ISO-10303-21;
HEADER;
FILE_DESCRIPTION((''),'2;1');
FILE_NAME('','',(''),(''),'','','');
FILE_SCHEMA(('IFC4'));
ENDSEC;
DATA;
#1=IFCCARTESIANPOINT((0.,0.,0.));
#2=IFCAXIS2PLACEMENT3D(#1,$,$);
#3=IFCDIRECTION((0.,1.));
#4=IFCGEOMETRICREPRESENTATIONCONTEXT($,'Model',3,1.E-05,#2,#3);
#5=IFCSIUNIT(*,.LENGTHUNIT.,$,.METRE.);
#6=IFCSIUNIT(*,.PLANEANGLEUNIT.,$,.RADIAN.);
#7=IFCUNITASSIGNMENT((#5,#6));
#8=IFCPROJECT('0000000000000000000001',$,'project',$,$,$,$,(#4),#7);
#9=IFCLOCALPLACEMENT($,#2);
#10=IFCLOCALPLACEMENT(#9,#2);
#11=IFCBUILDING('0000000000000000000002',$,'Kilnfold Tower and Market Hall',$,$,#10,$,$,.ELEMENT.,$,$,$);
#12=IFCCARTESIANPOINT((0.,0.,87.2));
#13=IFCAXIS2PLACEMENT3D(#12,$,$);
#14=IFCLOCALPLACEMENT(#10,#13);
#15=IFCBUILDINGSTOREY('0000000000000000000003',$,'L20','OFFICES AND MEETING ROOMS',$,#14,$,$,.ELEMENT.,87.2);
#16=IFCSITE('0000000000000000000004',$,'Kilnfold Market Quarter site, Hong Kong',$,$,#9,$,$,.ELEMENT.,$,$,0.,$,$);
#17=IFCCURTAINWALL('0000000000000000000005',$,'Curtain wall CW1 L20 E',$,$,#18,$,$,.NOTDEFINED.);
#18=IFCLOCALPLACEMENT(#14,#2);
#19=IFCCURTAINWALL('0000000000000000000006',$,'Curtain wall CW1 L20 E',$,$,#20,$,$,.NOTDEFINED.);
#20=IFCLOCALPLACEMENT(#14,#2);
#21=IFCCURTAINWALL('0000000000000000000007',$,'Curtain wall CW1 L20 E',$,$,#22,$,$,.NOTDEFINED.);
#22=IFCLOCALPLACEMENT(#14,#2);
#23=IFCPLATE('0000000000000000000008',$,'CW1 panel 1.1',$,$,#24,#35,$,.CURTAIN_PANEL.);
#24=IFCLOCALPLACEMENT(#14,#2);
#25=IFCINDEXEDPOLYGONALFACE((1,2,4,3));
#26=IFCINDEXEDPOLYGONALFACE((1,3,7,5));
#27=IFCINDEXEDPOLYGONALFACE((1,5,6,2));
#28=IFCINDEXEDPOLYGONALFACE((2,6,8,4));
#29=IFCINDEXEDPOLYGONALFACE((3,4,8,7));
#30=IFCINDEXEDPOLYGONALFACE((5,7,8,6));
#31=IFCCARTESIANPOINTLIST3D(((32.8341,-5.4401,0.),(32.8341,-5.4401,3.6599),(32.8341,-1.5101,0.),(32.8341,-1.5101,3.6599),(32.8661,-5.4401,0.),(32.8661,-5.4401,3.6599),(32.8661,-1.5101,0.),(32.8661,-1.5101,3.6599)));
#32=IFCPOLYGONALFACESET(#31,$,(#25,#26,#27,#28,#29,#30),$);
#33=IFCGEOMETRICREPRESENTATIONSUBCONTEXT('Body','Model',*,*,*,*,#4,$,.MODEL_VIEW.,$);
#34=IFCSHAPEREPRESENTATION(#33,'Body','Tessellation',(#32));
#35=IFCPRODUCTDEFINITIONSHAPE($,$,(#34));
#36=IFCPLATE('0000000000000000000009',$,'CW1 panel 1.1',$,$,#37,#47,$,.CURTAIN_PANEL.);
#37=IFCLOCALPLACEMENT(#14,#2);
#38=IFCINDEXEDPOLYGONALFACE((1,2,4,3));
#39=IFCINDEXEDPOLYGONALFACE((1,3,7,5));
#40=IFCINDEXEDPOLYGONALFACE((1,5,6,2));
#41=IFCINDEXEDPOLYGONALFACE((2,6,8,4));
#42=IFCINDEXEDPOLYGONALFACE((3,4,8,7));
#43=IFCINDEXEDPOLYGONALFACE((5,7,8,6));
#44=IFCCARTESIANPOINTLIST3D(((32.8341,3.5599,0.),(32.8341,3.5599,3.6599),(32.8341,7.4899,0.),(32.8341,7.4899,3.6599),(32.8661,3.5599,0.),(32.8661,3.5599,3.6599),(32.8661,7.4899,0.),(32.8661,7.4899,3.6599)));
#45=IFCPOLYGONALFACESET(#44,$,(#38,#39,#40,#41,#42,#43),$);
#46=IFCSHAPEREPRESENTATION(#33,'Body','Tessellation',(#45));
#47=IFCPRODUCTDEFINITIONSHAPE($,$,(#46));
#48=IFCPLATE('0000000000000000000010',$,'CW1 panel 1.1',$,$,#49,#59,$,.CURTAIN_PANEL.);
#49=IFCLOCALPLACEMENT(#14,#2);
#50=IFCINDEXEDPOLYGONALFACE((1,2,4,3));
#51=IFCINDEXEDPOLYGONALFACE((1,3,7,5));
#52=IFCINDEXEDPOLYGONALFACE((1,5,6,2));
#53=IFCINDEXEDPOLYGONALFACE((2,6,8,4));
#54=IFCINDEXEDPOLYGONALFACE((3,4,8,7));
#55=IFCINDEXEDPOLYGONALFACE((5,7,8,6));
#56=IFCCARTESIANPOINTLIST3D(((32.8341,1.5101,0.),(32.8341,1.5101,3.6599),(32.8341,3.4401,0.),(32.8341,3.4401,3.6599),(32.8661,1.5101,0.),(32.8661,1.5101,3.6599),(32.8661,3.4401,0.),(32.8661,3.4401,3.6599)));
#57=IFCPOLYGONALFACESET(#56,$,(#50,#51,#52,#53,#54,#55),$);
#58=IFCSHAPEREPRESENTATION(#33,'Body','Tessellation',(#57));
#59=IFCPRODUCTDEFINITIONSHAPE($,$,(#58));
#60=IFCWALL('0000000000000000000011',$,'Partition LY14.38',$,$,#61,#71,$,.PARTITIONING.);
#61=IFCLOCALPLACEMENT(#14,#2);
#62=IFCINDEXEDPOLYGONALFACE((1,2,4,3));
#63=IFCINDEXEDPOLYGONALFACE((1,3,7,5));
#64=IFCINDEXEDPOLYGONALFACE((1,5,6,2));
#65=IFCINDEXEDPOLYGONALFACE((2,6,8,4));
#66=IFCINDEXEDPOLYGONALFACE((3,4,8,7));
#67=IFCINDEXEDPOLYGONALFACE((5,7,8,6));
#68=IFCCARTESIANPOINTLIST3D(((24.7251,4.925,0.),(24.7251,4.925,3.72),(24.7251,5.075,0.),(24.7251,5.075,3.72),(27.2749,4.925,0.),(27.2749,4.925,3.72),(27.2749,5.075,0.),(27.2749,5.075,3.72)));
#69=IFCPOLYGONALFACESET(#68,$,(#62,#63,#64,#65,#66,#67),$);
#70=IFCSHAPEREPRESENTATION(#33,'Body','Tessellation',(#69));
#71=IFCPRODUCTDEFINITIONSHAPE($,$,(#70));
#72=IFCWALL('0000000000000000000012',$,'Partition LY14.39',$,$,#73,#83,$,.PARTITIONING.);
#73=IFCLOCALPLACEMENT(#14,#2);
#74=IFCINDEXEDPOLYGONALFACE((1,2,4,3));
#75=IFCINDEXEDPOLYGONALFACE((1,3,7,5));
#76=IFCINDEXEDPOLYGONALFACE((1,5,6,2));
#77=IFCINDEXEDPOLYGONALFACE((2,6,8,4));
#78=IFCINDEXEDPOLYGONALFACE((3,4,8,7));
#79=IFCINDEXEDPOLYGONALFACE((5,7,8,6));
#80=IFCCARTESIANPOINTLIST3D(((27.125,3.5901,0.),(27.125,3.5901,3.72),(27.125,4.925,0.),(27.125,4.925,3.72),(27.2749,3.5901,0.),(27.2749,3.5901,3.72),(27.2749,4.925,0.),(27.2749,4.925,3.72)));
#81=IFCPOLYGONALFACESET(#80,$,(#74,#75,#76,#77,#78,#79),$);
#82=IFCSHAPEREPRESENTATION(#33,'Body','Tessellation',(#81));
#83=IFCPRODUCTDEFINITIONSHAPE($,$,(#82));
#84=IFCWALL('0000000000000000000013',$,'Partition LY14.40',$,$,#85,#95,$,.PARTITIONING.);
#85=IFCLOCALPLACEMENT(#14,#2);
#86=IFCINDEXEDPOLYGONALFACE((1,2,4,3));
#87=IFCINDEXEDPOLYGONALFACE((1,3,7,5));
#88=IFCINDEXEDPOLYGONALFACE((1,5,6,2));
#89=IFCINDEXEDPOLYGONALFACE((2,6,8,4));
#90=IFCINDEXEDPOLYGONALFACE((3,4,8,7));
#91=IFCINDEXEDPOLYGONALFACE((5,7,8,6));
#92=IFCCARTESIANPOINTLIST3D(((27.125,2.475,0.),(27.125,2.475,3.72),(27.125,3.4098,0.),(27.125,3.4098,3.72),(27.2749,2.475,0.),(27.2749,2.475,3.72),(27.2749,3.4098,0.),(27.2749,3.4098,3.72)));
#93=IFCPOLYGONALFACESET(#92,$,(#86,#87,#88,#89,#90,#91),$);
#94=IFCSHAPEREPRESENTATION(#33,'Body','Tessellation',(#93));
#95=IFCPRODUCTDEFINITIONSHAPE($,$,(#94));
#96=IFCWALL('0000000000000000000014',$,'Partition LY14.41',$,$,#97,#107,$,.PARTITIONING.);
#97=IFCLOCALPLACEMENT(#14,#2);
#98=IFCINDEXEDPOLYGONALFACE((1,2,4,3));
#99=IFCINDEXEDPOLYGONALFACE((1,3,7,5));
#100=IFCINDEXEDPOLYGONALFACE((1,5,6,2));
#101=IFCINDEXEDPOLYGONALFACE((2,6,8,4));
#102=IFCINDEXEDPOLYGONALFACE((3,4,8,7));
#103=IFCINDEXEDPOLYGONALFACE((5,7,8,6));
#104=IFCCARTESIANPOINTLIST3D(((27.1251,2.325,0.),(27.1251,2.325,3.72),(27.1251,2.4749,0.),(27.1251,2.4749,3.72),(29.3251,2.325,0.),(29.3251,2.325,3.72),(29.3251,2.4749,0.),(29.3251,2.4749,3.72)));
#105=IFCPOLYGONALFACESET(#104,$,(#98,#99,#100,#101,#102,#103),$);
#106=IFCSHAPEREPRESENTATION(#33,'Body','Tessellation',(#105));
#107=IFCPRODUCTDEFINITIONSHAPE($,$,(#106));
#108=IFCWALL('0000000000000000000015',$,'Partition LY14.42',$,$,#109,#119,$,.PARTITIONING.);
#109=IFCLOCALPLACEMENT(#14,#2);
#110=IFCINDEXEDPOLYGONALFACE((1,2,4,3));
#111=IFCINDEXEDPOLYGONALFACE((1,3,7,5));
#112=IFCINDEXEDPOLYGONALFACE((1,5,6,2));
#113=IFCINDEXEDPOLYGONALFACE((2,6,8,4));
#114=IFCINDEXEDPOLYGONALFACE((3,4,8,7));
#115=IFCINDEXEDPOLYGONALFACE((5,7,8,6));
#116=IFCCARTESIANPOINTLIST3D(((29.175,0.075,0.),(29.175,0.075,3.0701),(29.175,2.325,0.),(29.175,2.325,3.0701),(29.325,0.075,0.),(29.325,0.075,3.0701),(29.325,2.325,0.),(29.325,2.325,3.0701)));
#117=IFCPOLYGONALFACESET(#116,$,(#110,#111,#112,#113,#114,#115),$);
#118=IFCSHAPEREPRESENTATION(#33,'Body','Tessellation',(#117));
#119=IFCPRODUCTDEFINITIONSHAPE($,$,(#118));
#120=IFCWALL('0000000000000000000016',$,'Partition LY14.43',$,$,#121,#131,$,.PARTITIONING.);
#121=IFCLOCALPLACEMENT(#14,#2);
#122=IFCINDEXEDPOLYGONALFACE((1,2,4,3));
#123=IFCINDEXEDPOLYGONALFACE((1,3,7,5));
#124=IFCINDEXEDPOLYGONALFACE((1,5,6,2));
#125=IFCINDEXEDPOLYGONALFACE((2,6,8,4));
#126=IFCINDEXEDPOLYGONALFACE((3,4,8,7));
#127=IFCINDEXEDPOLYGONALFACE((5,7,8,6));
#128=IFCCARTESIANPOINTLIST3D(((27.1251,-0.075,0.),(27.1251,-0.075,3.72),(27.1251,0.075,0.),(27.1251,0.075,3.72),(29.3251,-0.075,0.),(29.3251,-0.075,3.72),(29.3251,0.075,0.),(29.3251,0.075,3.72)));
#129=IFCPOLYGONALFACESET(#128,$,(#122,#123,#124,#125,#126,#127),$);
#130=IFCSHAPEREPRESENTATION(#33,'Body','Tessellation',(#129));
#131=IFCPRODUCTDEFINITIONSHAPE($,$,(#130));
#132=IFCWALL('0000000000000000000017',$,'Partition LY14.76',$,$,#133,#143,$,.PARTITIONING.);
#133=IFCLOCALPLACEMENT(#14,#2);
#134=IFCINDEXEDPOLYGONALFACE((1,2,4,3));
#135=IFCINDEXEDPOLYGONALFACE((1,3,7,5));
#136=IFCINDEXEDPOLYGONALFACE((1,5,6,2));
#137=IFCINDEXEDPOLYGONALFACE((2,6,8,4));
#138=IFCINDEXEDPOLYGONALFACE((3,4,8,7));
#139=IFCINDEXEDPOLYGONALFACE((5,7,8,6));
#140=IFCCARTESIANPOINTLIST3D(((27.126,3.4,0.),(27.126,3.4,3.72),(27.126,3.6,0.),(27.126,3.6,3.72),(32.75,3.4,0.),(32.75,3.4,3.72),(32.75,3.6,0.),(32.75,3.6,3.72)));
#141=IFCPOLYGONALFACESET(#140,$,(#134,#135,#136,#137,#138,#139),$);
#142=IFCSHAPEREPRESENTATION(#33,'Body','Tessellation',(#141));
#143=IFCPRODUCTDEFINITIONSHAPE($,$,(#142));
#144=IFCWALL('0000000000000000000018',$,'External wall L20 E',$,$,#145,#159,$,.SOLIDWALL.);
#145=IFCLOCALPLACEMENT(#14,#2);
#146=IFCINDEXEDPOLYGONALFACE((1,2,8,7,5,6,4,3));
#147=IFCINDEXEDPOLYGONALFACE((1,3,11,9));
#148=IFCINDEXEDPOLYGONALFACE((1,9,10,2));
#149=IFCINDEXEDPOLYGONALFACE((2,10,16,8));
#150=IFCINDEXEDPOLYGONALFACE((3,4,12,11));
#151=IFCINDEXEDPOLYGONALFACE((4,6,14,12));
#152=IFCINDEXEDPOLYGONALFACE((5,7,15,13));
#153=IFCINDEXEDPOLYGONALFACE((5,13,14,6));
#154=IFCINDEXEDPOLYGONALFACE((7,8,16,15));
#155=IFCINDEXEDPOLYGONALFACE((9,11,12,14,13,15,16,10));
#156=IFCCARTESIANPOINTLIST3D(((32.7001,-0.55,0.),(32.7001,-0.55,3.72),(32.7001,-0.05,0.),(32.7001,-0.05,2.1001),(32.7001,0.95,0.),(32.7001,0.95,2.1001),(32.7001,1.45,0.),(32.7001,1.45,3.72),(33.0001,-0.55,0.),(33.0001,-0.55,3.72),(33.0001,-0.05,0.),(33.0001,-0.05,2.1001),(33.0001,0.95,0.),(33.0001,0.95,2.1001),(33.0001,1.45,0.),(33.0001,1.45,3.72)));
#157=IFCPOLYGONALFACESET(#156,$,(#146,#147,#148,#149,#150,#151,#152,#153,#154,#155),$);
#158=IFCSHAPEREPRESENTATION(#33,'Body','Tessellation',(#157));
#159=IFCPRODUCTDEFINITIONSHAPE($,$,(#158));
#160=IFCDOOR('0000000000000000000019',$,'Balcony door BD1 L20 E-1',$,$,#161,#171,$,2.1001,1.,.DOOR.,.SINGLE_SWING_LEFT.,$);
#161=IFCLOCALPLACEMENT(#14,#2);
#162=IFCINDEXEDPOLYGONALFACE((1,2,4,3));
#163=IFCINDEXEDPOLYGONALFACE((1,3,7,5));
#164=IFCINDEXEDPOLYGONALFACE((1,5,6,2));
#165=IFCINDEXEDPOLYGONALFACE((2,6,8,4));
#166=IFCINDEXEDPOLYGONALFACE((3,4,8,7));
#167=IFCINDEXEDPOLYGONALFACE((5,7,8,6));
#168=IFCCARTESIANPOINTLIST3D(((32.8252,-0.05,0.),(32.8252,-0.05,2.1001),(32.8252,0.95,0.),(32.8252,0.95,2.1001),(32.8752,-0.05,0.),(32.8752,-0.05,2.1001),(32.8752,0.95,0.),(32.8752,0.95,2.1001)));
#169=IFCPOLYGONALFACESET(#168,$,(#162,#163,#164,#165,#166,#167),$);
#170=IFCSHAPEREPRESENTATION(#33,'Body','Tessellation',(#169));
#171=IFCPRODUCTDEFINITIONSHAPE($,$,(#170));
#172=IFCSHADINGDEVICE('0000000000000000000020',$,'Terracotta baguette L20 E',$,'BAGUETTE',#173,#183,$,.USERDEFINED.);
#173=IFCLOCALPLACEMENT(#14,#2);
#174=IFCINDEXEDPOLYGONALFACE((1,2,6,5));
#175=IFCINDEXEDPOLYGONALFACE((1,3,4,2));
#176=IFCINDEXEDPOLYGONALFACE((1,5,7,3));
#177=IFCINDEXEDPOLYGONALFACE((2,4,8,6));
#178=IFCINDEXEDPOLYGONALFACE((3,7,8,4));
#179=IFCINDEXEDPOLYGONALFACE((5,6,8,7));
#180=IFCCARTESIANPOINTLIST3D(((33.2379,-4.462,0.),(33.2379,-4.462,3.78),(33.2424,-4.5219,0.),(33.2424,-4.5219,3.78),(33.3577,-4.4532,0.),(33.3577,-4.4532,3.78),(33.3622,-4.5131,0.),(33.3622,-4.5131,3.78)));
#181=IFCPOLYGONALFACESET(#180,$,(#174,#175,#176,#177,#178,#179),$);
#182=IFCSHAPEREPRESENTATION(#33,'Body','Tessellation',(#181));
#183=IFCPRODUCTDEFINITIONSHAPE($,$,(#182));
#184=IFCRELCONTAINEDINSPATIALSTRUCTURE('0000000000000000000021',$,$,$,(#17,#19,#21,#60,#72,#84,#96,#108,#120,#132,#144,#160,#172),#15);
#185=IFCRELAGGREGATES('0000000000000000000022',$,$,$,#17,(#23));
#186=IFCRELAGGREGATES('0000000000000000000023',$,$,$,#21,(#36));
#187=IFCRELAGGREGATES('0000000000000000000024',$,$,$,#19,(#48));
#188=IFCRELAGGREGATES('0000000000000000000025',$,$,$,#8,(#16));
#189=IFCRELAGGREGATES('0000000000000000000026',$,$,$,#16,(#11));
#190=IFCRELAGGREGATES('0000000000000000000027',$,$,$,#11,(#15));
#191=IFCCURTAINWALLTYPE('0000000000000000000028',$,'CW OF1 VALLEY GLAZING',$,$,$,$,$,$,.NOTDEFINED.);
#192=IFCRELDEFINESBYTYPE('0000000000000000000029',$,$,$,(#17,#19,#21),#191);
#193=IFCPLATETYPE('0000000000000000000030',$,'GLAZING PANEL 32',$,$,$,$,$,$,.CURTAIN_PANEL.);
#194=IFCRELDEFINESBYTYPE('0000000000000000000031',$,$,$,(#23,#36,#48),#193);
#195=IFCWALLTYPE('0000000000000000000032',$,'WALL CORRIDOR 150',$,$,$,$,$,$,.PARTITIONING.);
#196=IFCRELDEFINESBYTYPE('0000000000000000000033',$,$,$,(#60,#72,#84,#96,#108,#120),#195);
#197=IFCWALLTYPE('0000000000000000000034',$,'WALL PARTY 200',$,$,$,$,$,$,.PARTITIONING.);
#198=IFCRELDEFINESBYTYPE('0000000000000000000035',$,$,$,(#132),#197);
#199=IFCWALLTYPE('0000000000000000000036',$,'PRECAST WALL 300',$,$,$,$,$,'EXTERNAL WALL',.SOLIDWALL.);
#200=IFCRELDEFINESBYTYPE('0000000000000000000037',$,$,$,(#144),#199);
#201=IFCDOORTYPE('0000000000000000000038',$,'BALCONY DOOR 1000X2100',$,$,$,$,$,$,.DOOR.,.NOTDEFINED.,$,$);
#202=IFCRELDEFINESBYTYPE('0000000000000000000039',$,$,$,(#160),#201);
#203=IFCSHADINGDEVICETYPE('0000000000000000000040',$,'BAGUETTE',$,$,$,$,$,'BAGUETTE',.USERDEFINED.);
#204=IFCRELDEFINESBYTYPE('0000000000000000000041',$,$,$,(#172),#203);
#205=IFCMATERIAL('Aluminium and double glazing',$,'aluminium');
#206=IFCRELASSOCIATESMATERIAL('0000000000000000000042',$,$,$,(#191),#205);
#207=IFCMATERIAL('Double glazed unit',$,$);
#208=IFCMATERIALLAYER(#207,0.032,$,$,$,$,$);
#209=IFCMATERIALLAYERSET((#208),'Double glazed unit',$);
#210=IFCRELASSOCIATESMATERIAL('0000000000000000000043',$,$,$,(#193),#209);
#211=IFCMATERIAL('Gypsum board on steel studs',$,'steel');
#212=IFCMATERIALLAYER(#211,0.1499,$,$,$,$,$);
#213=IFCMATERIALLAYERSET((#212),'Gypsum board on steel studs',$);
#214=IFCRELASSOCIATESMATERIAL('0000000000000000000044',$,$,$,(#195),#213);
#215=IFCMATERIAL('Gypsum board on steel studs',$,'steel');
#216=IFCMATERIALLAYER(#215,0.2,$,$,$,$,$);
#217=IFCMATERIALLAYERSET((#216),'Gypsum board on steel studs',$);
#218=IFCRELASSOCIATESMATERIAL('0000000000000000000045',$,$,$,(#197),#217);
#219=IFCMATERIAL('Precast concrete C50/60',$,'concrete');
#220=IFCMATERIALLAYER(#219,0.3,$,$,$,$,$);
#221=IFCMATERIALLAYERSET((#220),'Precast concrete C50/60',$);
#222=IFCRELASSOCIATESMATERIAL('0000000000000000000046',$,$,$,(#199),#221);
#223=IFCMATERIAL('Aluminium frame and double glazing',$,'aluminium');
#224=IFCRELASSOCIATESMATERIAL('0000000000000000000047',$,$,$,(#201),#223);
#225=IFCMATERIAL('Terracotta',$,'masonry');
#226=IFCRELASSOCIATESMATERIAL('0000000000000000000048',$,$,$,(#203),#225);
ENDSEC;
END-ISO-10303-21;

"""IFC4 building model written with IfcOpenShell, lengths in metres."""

from ifc_helpers import new_model, si_unit, direction, frame, frame_2d, origin, origin_2d, place, context, subcontext, project, spatial, rectangle, extrude, source, transform, mapped, material, layer, layer_set, material_profile, profile_set, type_object, element, fill, aggregate, save


model = new_model("IFC4")

# Units and contexts
model_context = context("Model", 3, precision=1e-05, world=origin(), true_north=direction((0.0, 1.0)))
body_context = subcontext(model_context, "Body", "Model", "MODEL_VIEW")
ifc_project = project(units=[si_unit("LENGTHUNIT", "METRE"), si_unit("PLANEANGLEUNIT", "RADIAN")], contexts=[model_context])

# Site, building, storey
site_placement = place(None, origin())
site = spatial("IfcSite", under=ifc_project, at=site_placement, Name="Kilnfold Market Quarter site, Hong Kong", CompositionType="ELEMENT", RefElevation=0.0)
building_placement = place(site_placement, origin())
building = spatial("IfcBuilding", under=site, at=building_placement, Name="Kilnfold Tower and Market Hall", CompositionType="ELEMENT")
storey_placement = place(building_placement, frame((0.0, 0.0, 87.2)))
storey = spatial("IfcBuildingStorey", under=building, at=storey_placement, Name="L20", Description="OFFICES AND MEETING ROOMS", CompositionType="ELEMENT", Elevation=87.2)

# Curtain wall
ifc_material_1 = material(Name="Aluminium and double glazing", Category="aluminium")
curtain_wall_type = type_object("IfcCurtainWallType", Name="CW OF1 VALLEY GLAZING", PredefinedType="NOTDEFINED", material=ifc_material_1)
curtain_wall_1_placement = place(storey_placement, origin())
curtain_wall_1 = element("IfcCurtainWall", 1, at=curtain_wall_1_placement, inside=storey, type_object=curtain_wall_type, Name="Curtain wall CW1 L20 E", PredefinedType="NOTDEFINED")

# Curtain walls
curtain_wall_2_placement = place(storey_placement, origin())
curtain_wall_2 = element("IfcCurtainWall", 2, at=curtain_wall_2_placement, inside=storey, type_object=curtain_wall_type, Name="Curtain wall CW1 L20 E", PredefinedType="NOTDEFINED")
curtain_wall_3_placement = place(storey_placement, origin())
curtain_wall_3 = element("IfcCurtainWall", 3, at=curtain_wall_3_placement, inside=storey, type_object=curtain_wall_type, Name="Curtain wall CW1 L20 E", PredefinedType="NOTDEFINED")

# Plates
ifc_material_2 = material(Name="Double glazed unit")
ifc_layer_1 = layer(ifc_material_2, 0.032)
ifc_layer_set_1 = layer_set([ifc_layer_1], Name="Double glazed unit")
plate_type = type_object("IfcPlateType", Name="GLAZING PANEL 32", PredefinedType="CURTAIN_PANEL", material=ifc_layer_set_1)
shared_shape_1 = source(origin(), body_context, "Body", "SweptSolid", [
    extrude(rectangle(XDim=3.9299, YDim=0.032, at=origin_2d()), origin(), (0.0, 0.0, 1.0), 3.6599),
])
plate_1_placement = place(storey_placement, frame((32.8501, -3.4751, 0.0), z_axis=(0.0, 0.0, 1.0), x_axis=(0.0, 1.0, 0.0)))
plate_1 = element("IfcPlate", 4, at=plate_1_placement, type_object=plate_type, Name="CW1 panel 1.1", PredefinedType="CURTAIN_PANEL", context=body_context, shape_type="MappedRepresentation", body=[
    mapped(shared_shape_1, transform((0.0, 0.0, 0.0))),
])
aggregate(curtain_wall_1, [plate_1])
plate_2_placement = place(storey_placement, frame((32.8501, 5.5249, 0.0), z_axis=(0.0, 0.0, 1.0), x_axis=(0.0, 1.0, 0.0)))
plate_2 = element("IfcPlate", 5, at=plate_2_placement, type_object=plate_type, Name="CW1 panel 1.1", PredefinedType="CURTAIN_PANEL", context=body_context, shape_type="MappedRepresentation", body=[
    mapped(shared_shape_1, transform((0.0, 0.0, 0.0))),
])
aggregate(curtain_wall_3, [plate_2])
shared_shape_2 = source(origin(), body_context, "Body", "SweptSolid", [
    extrude(rectangle(XDim=1.9299, YDim=0.032, at=origin_2d()), origin(), (0.0, 0.0, 1.0), 3.6599),
])
plate_3_placement = place(storey_placement, frame((32.8501, 2.4751, 0.0), z_axis=(0.0, 0.0, 1.0), x_axis=(0.0, 1.0, 0.0)))
plate_3 = element("IfcPlate", 6, at=plate_3_placement, type_object=plate_type, Name="CW1 panel 1.1", PredefinedType="CURTAIN_PANEL", context=body_context, shape_type="MappedRepresentation", body=[
    mapped(shared_shape_2, transform((0.0, 0.0, 0.0))),
])
aggregate(curtain_wall_2, [plate_3])

# Walls
ifc_material_3 = material(Name="Gypsum board on steel studs", Category="steel")
ifc_layer_2 = layer(ifc_material_3, 0.1499)
ifc_layer_set_2 = layer_set([ifc_layer_2], Name="Gypsum board on steel studs")
wall_type_1 = type_object("IfcWallType", Name="WALL CORRIDOR 150", PredefinedType="PARTITIONING", material=ifc_layer_set_2)
wall_1_placement = place(storey_placement, frame((27.2749, 5.0, 0.0), z_axis=(0.0, 0.0, 1.0), x_axis=(-1.0, 0.0, 0.0)))
element("IfcWall", 7, at=wall_1_placement, inside=storey, type_object=wall_type_1, Name="Partition LY14.38", PredefinedType="PARTITIONING", context=body_context, shape_type="SweptSolid", body=[
    extrude(rectangle(XDim=2.5498, YDim=0.1499, at=frame_2d((1.2749, 0.0))), origin(), (0.0, 0.0, 1.0), 3.72),
])
wall_2_placement = place(storey_placement, frame((27.2, 3.5901, 0.0), z_axis=(0.0, 0.0, 1.0), x_axis=(0.0, 1.0, 0.0)))
element("IfcWall", 8, at=wall_2_placement, inside=storey, type_object=wall_type_1, Name="Partition LY14.39", PredefinedType="PARTITIONING", context=body_context, shape_type="SweptSolid", body=[
    extrude(rectangle(XDim=1.335, YDim=0.1499, at=frame_2d((0.6675, 0.0))), origin(), (0.0, 0.0, 1.0), 3.72),
])
wall_3_placement = place(storey_placement, frame((27.2, 2.4751, 0.0), z_axis=(0.0, 0.0, 1.0), x_axis=(0.0, 1.0, 0.0)))
element("IfcWall", 9, at=wall_3_placement, inside=storey, type_object=wall_type_1, Name="Partition LY14.40", PredefinedType="PARTITIONING", context=body_context, shape_type="SweptSolid", body=[
    extrude(rectangle(XDim=0.9348, YDim=0.1499, at=frame_2d((0.4673, 0.0))), origin(), (0.0, 0.0, 1.0), 3.72),
])
wall_4_placement = place(storey_placement, frame((27.125, 2.3999, 0.0), z_axis=(0.0, 0.0, 1.0), x_axis=(1.0, 0.0, 0.0)))
element("IfcWall", 10, at=wall_4_placement, inside=storey, type_object=wall_type_1, Name="Partition LY14.41", PredefinedType="PARTITIONING", context=body_context, shape_type="SweptSolid", body=[
    extrude(rectangle(XDim=2.2, YDim=0.1499, at=frame_2d((1.1001, 0.0))), origin(), (0.0, 0.0, 1.0), 3.72),
])
wall_5_placement = place(storey_placement, frame((29.25, 0.075, 0.0), z_axis=(0.0, 0.0, 1.0), x_axis=(0.0, 1.0, 0.0)))
element("IfcWall", 11, at=wall_5_placement, inside=storey, type_object=wall_type_1, Name="Partition LY14.42", PredefinedType="PARTITIONING", context=body_context, shape_type="SweptSolid", body=[
    extrude(rectangle(XDim=2.25, YDim=0.1499, at=frame_2d((1.125, 0.0))), origin(), (0.0, 0.0, 1.0), 3.0701),
])
wall_6_placement = place(storey_placement, frame((27.125, 0.0, 0.0), z_axis=(0.0, 0.0, 1.0), x_axis=(1.0, 0.0, 0.0)))
element("IfcWall", 12, at=wall_6_placement, inside=storey, type_object=wall_type_1, Name="Partition LY14.43", PredefinedType="PARTITIONING", context=body_context, shape_type="SweptSolid", body=[
    extrude(rectangle(XDim=2.2, YDim=0.1499, at=frame_2d((1.1001, 0.0))), origin(), (0.0, 0.0, 1.0), 3.72),
])
ifc_material_4 = material(Name="Gypsum board on steel studs", Category="steel")
ifc_layer_3 = layer(ifc_material_4, 0.2)
ifc_layer_set_3 = layer_set([ifc_layer_3], Name="Gypsum board on steel studs")
wall_type_2 = type_object("IfcWallType", Name="WALL PARTY 200", PredefinedType="PARTITIONING", material=ifc_layer_set_3)
wall_7_placement = place(storey_placement, frame((27.126, 3.5, 0.0), z_axis=(0.0, 0.0, 1.0), x_axis=(1.0, 0.0, 0.0)))
element("IfcWall", 13, at=wall_7_placement, inside=storey, type_object=wall_type_2, Name="Partition LY14.76", PredefinedType="PARTITIONING", context=body_context, shape_type="SweptSolid", body=[
    extrude(rectangle(XDim=5.624, YDim=0.2, at=frame_2d((2.812, 0.0))), origin(), (0.0, 0.0, 1.0), 3.72),
])

# Wall, opening, door
ifc_material_5 = material(Name="Precast concrete C50/60", Category="concrete")
ifc_layer_4 = layer(ifc_material_5, 0.3)
ifc_layer_set_4 = layer_set([ifc_layer_4], Name="Precast concrete C50/60")
wall_type_3 = type_object("IfcWallType", Name="PRECAST WALL 300", ElementType="EXTERNAL WALL", PredefinedType="SOLIDWALL", material=ifc_layer_set_4)
shared_shape_3 = source(origin(), body_context, "Body", "SweptSolid", [
    extrude(rectangle(XDim=2.0, YDim=0.3, at=frame_2d((1.0, 0.0))), origin(), (0.0, 0.0, 1.0), 3.72),
])
wall_8_placement = place(storey_placement, frame((32.8501, -0.55, 0.0), z_axis=(0.0, 0.0, 1.0), x_axis=(0.0, 1.0, 0.0)))
wall_8 = element("IfcWall", 14, at=wall_8_placement, inside=storey, type_object=wall_type_3, Name="External wall L20 E", PredefinedType="SOLIDWALL", context=body_context, shape_type="MappedRepresentation", body=[
    mapped(shared_shape_3, transform((0.0, 0.0, 0.0))),
])
opening_placement = place(wall_8_placement, frame((0.5, 0.0, 0.0)))
opening = element("IfcOpeningElement", 15, at=opening_placement, cuts=wall_8, PredefinedType="OPENING", context=body_context, shape_type="SweptSolid", body=[
    extrude(rectangle(XDim=1.0, YDim=2.1001, at=frame_2d((0.5, 1.05))), frame((0.0, 0.1602, 0.0), z_axis=(0.0, -1.0, 0.0), x_axis=(1.0, 0.0, 0.0)), (0.0, 0.0, 1.0), 0.3201),
])
ifc_material_6 = material(Name="Aluminium frame and double glazing", Category="aluminium")
door_type = type_object("IfcDoorType", Name="BALCONY DOOR 1000X2100", OperationType="NOTDEFINED", PredefinedType="DOOR", material=ifc_material_6)
door_placement = place(opening_placement, origin())
door = element("IfcDoor", 16, at=door_placement, inside=storey, type_object=door_type, Name="Balcony door BD1 L20 E-1", OperationType="SINGLE_SWING_LEFT", OverallHeight=2.1001, OverallWidth=1.0, PredefinedType="DOOR", context=body_context, shape_type="SweptSolid", body=[
    extrude(rectangle(XDim=1.0, YDim=2.1001, at=frame_2d((0.5, 1.05))), frame((0.0, 0.0249, 0.0), z_axis=(0.0, -1.0, 0.0), x_axis=(1.0, 0.0, 0.0)), (0.0, 0.0, 1.0), 0.05),
])
fill(opening, door)

# Shading device
ifc_material_7 = material(Name="Terracotta", Category="masonry")
ifc_material_profile_1 = material_profile(ifc_material_7, rectangle(XDim=0.0601, YDim=0.1201, at=origin_2d()), Name="BAG 60x120")
ifc_profile_set_1 = profile_set([ifc_material_profile_1], Name="Terracotta")
shading_device_type = type_object("IfcShadingDeviceType", Name="BAGUETTE", ElementType="BAGUETTE", PredefinedType="USERDEFINED", material=ifc_profile_set_1)
shared_shape_4 = source(origin(), body_context, "Body", "SweptSolid", [
    extrude(rectangle(XDim=0.0601, YDim=0.1201, at=origin_2d()), origin(), (0.0, 0.0, 1.0), 3.78),
])
for number, where, z_axis, x_axis, name in (
    (17, (33.3, -4.4875, 0.0), (0.0, 0.0, 1.0), (-0.074018, 0.997257, 0.0), "Terracotta baguette L20 E"),
):
    element("IfcShadingDevice", number, at=place(storey_placement, frame(where, z_axis=z_axis, x_axis=x_axis)), inside=storey, type_object=shading_device_type, Name=name, ObjectType="BAGUETTE", PredefinedType="USERDEFINED", context=body_context, shape_type="MappedRepresentation", body=[
        mapped(shared_shape_4, transform((0.0, 0.0, 0.0))),
    ])

save(model, "model.ifc")
